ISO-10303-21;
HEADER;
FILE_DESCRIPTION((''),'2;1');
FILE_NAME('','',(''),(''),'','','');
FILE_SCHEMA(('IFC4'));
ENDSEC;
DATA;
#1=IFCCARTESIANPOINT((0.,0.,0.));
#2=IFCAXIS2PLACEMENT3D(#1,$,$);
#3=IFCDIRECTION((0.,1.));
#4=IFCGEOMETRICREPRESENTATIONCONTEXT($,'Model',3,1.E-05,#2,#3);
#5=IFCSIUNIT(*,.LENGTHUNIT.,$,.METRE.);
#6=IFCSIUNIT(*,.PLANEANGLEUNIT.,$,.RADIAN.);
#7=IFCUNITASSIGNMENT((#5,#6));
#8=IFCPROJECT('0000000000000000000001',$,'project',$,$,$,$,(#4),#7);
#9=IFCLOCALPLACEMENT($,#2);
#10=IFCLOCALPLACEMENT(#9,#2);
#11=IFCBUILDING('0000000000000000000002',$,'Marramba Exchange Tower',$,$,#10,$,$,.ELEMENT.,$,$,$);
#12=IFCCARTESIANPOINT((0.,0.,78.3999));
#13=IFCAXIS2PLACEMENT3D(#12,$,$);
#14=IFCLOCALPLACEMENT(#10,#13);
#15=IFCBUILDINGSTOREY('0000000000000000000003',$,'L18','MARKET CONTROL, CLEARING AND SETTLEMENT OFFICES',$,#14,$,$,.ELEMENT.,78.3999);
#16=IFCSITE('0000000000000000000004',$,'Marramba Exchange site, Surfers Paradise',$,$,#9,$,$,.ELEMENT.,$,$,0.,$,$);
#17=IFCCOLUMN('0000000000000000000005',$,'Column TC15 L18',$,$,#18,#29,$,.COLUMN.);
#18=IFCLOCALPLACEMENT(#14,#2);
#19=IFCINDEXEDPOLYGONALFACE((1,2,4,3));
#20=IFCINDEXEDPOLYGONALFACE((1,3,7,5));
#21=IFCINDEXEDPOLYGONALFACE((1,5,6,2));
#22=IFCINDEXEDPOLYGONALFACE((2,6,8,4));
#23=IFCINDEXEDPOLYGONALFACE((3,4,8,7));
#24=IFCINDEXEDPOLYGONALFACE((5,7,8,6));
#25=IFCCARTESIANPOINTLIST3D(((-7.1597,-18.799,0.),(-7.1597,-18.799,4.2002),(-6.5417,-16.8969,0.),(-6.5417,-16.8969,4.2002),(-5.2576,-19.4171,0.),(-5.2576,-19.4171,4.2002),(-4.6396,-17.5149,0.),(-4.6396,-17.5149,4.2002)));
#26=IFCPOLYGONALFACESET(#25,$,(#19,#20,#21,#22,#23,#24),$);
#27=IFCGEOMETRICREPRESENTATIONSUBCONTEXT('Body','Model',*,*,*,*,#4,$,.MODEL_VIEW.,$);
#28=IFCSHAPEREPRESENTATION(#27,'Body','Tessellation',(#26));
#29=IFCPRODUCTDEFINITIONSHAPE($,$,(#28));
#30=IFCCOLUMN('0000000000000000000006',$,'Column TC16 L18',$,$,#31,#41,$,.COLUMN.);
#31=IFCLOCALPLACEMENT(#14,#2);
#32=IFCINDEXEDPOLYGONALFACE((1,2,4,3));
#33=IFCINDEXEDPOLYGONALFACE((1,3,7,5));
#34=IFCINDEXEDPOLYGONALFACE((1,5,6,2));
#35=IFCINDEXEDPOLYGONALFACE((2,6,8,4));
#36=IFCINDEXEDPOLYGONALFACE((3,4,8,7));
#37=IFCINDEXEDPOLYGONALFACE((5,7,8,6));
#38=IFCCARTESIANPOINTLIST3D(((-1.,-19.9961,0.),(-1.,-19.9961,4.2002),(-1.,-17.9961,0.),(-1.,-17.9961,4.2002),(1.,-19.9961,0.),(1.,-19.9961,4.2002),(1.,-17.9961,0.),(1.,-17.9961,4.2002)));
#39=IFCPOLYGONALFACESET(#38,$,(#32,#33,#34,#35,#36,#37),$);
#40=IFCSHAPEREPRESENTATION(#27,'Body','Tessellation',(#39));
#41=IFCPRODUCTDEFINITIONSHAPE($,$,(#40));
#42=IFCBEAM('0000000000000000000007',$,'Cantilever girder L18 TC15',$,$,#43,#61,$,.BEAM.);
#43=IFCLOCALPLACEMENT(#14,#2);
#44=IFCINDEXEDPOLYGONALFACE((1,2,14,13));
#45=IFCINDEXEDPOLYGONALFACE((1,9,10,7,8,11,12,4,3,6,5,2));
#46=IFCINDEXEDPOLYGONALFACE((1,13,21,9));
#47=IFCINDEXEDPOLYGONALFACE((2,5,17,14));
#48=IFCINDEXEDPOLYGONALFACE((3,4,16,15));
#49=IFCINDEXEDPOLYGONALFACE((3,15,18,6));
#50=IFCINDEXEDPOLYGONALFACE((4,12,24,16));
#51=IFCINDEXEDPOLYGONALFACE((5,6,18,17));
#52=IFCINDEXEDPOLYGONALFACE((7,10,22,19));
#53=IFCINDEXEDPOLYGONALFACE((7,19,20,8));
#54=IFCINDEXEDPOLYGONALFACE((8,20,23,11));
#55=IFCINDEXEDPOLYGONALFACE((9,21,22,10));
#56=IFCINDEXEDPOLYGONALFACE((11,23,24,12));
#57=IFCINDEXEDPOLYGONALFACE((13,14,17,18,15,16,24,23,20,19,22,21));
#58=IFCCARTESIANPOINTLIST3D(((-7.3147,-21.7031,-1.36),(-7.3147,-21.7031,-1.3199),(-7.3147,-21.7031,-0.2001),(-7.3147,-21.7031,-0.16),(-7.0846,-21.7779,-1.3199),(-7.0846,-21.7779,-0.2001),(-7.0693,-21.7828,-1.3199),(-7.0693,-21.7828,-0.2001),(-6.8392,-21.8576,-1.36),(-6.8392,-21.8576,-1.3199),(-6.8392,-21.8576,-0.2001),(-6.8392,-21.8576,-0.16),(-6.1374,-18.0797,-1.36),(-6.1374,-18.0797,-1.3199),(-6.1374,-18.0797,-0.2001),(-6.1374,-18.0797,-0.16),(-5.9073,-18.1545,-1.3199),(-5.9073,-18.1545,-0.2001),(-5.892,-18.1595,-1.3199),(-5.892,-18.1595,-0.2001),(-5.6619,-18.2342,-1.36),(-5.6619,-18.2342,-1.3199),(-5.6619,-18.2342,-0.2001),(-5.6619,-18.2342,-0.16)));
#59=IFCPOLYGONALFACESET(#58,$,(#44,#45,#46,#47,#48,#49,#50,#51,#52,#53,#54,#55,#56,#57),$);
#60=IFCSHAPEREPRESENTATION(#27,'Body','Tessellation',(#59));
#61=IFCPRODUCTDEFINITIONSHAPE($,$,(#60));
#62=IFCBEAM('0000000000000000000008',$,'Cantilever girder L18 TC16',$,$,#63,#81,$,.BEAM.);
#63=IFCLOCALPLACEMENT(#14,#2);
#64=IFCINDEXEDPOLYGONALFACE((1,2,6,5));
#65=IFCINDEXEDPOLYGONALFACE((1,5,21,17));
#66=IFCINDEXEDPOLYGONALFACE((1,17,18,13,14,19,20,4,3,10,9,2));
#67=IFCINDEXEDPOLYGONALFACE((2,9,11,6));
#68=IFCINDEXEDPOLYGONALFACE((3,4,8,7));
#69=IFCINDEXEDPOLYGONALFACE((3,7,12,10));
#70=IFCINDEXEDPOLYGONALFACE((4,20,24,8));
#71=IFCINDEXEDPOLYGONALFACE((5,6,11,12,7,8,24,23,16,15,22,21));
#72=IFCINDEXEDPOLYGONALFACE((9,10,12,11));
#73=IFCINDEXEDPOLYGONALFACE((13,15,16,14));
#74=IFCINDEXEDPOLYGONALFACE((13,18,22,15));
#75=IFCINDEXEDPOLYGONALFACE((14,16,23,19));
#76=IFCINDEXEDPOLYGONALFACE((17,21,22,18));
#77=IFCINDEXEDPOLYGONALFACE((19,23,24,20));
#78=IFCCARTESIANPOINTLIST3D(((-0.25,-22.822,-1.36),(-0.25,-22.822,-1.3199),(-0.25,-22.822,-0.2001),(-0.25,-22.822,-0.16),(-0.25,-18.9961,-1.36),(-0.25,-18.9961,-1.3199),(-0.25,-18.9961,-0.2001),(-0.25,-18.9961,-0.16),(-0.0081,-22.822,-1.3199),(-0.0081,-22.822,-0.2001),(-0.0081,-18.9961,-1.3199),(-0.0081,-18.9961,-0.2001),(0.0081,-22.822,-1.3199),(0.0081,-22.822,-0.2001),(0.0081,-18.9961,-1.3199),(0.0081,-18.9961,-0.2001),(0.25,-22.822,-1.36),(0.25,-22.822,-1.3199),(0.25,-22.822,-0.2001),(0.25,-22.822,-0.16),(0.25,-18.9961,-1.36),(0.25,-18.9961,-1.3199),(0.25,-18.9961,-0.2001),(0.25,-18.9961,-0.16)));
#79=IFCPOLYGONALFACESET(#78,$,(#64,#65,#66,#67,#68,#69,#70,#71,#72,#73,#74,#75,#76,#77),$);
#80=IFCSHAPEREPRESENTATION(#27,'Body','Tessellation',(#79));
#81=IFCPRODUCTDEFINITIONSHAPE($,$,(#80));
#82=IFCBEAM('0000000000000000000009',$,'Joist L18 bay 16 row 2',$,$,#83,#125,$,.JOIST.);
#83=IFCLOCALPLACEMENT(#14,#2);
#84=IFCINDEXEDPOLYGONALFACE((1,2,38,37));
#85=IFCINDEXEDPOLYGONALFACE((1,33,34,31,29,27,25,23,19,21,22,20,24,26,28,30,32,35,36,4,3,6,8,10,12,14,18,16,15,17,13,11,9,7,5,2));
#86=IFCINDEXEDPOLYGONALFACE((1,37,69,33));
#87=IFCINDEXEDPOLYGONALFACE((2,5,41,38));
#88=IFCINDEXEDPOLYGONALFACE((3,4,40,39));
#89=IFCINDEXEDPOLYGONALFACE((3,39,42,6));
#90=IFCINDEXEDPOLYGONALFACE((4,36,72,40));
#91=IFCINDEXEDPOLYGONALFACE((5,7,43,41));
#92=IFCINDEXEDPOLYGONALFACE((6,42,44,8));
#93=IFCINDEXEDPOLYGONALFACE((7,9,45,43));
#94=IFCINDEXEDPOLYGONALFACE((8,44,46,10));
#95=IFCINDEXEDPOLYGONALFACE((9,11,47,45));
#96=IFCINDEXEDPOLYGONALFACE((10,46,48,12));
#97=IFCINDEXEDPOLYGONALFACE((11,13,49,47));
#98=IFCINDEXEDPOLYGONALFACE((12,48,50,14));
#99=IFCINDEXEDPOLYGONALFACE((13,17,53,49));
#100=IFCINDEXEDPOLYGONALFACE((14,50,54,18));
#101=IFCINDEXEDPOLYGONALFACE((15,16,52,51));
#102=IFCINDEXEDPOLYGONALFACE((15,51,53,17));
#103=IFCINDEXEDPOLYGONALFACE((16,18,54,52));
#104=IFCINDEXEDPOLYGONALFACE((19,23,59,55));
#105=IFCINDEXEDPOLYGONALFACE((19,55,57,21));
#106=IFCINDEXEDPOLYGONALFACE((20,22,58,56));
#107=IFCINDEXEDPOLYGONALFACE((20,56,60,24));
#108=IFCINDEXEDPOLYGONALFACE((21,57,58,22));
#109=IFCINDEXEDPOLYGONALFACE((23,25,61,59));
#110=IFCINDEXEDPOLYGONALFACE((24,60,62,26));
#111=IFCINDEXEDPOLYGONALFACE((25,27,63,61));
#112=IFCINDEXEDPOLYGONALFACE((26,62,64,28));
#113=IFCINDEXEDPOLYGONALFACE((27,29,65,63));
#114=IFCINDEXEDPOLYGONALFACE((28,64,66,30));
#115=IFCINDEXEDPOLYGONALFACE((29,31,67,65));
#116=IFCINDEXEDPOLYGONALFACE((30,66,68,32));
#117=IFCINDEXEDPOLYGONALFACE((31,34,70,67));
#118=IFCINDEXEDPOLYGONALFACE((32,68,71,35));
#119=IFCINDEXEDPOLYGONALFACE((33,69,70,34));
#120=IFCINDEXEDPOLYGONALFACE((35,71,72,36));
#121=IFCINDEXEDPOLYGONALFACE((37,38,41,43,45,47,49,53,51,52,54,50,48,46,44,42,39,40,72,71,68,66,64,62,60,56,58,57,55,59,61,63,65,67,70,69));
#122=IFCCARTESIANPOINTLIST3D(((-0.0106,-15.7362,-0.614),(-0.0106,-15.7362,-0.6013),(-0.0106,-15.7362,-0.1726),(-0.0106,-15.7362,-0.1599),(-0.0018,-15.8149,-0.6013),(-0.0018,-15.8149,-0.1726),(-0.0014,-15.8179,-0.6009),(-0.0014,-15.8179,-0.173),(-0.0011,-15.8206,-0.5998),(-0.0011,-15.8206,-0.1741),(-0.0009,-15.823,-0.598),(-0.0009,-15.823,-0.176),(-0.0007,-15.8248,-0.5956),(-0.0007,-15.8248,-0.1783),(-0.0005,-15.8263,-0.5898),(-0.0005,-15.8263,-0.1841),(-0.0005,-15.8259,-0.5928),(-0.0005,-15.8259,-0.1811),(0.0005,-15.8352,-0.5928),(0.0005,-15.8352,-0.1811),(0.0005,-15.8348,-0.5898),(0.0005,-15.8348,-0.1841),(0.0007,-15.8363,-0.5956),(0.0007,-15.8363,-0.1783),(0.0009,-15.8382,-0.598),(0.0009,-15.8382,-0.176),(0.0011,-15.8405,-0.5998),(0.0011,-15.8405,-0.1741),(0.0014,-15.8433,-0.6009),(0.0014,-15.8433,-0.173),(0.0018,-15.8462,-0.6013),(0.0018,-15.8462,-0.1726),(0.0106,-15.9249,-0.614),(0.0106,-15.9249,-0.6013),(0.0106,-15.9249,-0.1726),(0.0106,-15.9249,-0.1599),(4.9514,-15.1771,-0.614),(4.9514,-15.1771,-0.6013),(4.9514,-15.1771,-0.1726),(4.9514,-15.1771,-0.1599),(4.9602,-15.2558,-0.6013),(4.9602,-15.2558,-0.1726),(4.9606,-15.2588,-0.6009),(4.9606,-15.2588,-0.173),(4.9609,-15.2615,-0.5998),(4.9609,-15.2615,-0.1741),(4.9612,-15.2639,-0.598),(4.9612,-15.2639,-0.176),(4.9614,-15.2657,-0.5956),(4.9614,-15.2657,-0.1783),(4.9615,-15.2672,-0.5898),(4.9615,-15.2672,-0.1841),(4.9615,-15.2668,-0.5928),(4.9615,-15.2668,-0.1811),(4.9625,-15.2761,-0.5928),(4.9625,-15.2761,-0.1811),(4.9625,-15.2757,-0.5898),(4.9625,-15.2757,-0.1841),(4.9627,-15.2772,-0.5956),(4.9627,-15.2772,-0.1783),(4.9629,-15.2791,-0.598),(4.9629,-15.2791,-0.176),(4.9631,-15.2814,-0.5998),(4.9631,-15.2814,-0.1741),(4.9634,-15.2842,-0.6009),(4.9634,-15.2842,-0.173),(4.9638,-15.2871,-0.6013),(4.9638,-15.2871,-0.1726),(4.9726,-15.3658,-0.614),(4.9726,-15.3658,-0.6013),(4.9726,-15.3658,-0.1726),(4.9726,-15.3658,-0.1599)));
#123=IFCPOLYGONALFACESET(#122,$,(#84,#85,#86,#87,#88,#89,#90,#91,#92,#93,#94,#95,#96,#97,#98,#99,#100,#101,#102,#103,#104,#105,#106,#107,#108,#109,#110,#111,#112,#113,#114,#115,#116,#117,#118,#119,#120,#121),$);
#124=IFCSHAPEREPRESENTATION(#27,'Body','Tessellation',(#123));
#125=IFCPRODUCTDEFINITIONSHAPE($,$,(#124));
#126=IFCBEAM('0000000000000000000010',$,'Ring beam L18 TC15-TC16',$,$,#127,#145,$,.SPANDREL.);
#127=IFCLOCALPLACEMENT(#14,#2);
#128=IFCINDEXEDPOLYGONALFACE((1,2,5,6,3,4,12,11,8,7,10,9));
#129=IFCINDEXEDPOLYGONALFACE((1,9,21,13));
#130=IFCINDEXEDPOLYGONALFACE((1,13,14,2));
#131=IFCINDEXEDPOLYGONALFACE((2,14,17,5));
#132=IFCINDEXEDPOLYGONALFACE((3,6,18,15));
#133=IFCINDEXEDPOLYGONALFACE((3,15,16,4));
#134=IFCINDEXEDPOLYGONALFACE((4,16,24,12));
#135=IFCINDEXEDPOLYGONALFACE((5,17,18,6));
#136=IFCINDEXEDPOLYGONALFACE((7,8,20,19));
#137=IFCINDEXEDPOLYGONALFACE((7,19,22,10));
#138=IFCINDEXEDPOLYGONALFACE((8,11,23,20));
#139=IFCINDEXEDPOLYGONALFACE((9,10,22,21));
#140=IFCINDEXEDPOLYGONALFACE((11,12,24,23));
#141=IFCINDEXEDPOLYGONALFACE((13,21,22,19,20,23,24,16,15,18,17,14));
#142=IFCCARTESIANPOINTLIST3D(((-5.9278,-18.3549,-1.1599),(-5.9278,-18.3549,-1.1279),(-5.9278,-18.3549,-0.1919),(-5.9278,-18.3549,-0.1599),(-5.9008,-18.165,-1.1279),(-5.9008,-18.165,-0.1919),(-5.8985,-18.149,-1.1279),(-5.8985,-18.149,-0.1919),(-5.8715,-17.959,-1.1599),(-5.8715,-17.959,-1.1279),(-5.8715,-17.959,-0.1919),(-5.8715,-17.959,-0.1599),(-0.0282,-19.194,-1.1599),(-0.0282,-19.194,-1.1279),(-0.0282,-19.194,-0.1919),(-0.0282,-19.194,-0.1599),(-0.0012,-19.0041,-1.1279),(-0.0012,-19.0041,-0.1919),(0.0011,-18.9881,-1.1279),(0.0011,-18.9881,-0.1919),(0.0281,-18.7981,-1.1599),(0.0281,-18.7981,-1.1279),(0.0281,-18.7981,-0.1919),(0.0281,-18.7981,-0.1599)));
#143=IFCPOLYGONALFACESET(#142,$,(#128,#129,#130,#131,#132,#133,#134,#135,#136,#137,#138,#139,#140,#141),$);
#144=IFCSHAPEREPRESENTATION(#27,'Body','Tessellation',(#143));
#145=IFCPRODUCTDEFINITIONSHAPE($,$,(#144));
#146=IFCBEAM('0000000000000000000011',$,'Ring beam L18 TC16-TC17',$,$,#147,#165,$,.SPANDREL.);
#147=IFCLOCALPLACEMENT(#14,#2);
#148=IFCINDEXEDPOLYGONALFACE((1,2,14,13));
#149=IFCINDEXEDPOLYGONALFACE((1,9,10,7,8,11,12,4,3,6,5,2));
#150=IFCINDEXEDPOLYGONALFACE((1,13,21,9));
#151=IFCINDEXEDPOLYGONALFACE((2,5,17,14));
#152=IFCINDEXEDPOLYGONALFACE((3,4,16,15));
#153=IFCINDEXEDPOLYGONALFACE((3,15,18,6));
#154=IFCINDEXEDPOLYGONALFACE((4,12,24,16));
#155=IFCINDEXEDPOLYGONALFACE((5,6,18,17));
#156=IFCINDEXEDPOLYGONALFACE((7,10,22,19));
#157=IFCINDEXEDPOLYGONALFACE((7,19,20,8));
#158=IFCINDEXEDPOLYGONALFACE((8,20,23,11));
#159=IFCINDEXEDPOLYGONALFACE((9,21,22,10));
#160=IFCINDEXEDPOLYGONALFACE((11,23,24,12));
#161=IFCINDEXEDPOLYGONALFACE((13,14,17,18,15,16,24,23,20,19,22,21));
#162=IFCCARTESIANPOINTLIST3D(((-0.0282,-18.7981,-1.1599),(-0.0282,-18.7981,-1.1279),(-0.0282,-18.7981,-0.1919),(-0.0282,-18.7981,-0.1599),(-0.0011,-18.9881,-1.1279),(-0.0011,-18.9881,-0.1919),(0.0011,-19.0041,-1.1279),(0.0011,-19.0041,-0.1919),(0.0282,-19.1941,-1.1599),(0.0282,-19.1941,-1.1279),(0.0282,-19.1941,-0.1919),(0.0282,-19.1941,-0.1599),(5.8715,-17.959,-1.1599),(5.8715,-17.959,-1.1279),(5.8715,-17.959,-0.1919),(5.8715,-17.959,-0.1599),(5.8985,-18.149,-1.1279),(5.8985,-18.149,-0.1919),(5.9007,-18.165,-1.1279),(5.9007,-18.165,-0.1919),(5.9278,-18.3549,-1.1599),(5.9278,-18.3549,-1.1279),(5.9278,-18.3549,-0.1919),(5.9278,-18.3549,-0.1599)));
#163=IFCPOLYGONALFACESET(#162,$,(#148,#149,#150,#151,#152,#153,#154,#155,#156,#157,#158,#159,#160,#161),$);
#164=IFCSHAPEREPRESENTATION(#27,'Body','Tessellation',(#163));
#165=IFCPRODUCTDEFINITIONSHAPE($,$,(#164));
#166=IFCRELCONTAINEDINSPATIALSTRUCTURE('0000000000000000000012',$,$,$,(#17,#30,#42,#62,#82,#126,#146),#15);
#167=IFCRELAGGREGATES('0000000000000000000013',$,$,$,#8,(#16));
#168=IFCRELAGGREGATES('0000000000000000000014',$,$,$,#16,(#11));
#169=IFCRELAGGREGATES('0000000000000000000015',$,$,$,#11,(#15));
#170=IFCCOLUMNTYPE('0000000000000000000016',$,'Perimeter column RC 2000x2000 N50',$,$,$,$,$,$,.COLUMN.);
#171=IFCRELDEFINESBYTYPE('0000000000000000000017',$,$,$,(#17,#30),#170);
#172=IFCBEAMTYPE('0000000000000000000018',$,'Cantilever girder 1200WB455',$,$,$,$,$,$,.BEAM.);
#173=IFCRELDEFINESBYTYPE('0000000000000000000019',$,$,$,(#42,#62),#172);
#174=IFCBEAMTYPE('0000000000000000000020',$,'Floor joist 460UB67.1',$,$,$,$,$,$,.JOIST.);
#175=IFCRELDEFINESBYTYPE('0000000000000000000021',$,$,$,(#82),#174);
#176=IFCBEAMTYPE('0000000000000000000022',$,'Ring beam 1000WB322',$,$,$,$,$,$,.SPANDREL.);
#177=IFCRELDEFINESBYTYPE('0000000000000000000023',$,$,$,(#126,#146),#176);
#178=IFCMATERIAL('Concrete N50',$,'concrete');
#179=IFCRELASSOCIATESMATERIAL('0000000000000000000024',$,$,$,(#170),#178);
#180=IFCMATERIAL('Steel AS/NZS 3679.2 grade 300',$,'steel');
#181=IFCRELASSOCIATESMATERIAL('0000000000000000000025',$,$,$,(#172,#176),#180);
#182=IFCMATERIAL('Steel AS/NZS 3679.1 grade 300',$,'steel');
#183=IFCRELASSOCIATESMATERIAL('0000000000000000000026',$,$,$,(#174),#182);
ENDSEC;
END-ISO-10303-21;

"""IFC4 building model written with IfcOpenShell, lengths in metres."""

from ifc_helpers import new_model, si_unit, direction, frame, origin, origin_2d, place, context, subcontext, project, spatial, rectangle, i_section, extrude, material, material_profile, profile_set, type_object, element, save


model = new_model("IFC4")

# Units and contexts
model_context = context("Model", 3, precision=1e-05, world=origin(), true_north=direction((0.0, 1.0)))
body_context = subcontext(model_context, "Body", "Model", "MODEL_VIEW")
ifc_project = project(units=[si_unit("LENGTHUNIT", "METRE"), si_unit("PLANEANGLEUNIT", "RADIAN")], contexts=[model_context])

# Site, building, storey
site_placement = place(None, origin())
site = spatial("IfcSite", under=ifc_project, at=site_placement, Name="Marramba Exchange site, Surfers Paradise", CompositionType="ELEMENT", RefElevation=0.0)
building_placement = place(site_placement, origin())
building = spatial("IfcBuilding", under=site, at=building_placement, Name="Marramba Exchange Tower", CompositionType="ELEMENT")
storey_placement = place(building_placement, frame((0.0, 0.0, 78.3999)))
storey = spatial("IfcBuildingStorey", under=building, at=storey_placement, Name="L18", Description="MARKET CONTROL, CLEARING AND SETTLEMENT OFFICES", CompositionType="ELEMENT", Elevation=78.3999)

# Columns
ifc_material_1 = material(Name="Concrete N50", Category="concrete")
ifc_material_profile_1 = material_profile(ifc_material_1, rectangle(XDim=2.0, YDim=2.0, at=origin_2d()), Name="RC 2000x2000")
ifc_profile_set_1 = profile_set([ifc_material_profile_1], Name="Concrete N50")
column_type = type_object("IfcColumnType", Name="Perimeter column RC 2000x2000 N50", PredefinedType="COLUMN", material=ifc_profile_set_1)
for number, where, z_axis, x_axis, name in (
    (1, (-5.8997, -18.157, 0.0), (0.0, 0.0, 1.0), (-0.309017, -0.951057, 0.0), "Column TC15 L18"),
    (2, (0.0, -18.9961, 0.0), (0.0, 0.0, 1.0), (0.0, -1.0, 0.0), "Column TC16 L18"),
):
    element("IfcColumn", number, at=place(storey_placement, frame(where, z_axis=z_axis, x_axis=x_axis)), inside=storey, type_object=column_type, Name=name, PredefinedType="COLUMN", context=body_context, shape_type="SweptSolid", body=[
        extrude(rectangle(XDim=2.0, YDim=2.0, at=origin_2d()), origin(), (0.0, 0.0, 1.0), 4.2002),
    ])

# Beams
ifc_material_2 = material(Name="Steel AS/NZS 3679.2 grade 300", Category="steel")
ifc_material_profile_2 = material_profile(ifc_material_2, i_section(OverallWidth=0.5, OverallDepth=1.2, WebThickness=0.0161, FlangeThickness=0.04, at=origin_2d()), Name="1200WB455")
ifc_profile_set_2 = profile_set([ifc_material_profile_2], Name="Steel AS/NZS 3679.2 grade 300")
beam_type_1 = type_object("IfcBeamType", Name="Cantilever girder 1200WB455", PredefinedType="BEAM", material=ifc_profile_set_2)
beam_1_placement = place(storey_placement, frame((-5.8997, -18.157, -0.76), z_axis=(-0.309009, -0.951059, 0.0), x_axis=(0.951059, -0.309009, 0.0)))
element("IfcBeam", 3, at=beam_1_placement, inside=storey, type_object=beam_type_1, Name="Cantilever girder L18 TC15", PredefinedType="BEAM", context=body_context, shape_type="SweptSolid", body=[
    extrude(i_section(OverallWidth=0.5, OverallDepth=1.2, WebThickness=0.0161, FlangeThickness=0.04, at=origin_2d()), origin(), (0.0, 0.0, 1.0), 3.8098),
])
beam_2_placement = place(storey_placement, frame((0.0, -18.9961, -0.76), z_axis=(0.0, -1.0, 0.0), x_axis=(1.0, 0.0, 0.0)))
element("IfcBeam", 4, at=beam_2_placement, inside=storey, type_object=beam_type_1, Name="Cantilever girder L18 TC16", PredefinedType="BEAM", context=body_context, shape_type="SweptSolid", body=[
    extrude(i_section(OverallWidth=0.5, OverallDepth=1.2, WebThickness=0.0161, FlangeThickness=0.04, at=origin_2d()), origin(), (0.0, 0.0, 1.0), 3.8259),
])
ifc_material_3 = material(Name="Steel AS/NZS 3679.1 grade 300", Category="steel")
ifc_material_profile_3 = material_profile(ifc_material_3, i_section(OverallWidth=0.1899, OverallDepth=0.4541, WebThickness=0.0085, FlangeThickness=0.0127, FilletRadius=0.0115, at=origin_2d()), Name="460UB67.1")
ifc_profile_set_3 = profile_set([ifc_material_profile_3], Name="Steel AS/NZS 3679.1 grade 300")
beam_type_2 = type_object("IfcBeamType", Name="Floor joist 460UB67.1", PredefinedType="JOIST", material=ifc_profile_set_3)
beam_3_placement = place(storey_placement, frame((0.0, -15.8306, -0.387), z_axis=(0.993712, 0.111966, 0.0), x_axis=(-0.111966, 0.993712, 0.0)))
element("IfcBeam", 5, at=beam_3_placement, inside=storey, type_object=beam_type_2, Name="Joist L18 bay 16 row 2", PredefinedType="JOIST", context=body_context, shape_type="SweptSolid", body=[
    extrude(i_section(OverallWidth=0.1899, OverallDepth=0.4541, WebThickness=0.0085, FlangeThickness=0.0127, FilletRadius=0.0115, at=origin_2d()), origin(), (0.0, 0.0, 1.0), 4.9934),
])
ifc_material_profile_4 = material_profile(ifc_material_2, i_section(OverallWidth=0.3999, OverallDepth=1.0, WebThickness=0.0161, FlangeThickness=0.032, at=origin_2d()), Name="1000WB322")
ifc_profile_set_4 = profile_set([ifc_material_profile_4], Name="Steel AS/NZS 3679.2 grade 300")
beam_type_3 = type_object("IfcBeamType", Name="Ring beam 1000WB322", PredefinedType="SPANDREL", material=ifc_profile_set_4)
for number, where, z_axis, x_axis, name in (
    (6, (-5.8997, -18.157, -0.6599), (0.990036, -0.140813, 0.0), (0.140813, 0.990036, 0.0), "Ring beam L18 TC15-TC16"),
    (7, (0.0, -18.9961, -0.6599), (0.990036, 0.140813, 0.0), (-0.140813, 0.990036, 0.0), "Ring beam L18 TC16-TC17"),
):
    element("IfcBeam", number, at=place(storey_placement, frame(where, z_axis=z_axis, x_axis=x_axis)), inside=storey, type_object=beam_type_3, Name=name, PredefinedType="SPANDREL", context=body_context, shape_type="SweptSolid", body=[
        extrude(i_section(OverallWidth=0.3999, OverallDepth=1.0, WebThickness=0.0161, FlangeThickness=0.032, at=origin_2d()), origin(), (0.0, 0.0, 1.0), 5.959),
    ])

save(model, "model.ifc")
